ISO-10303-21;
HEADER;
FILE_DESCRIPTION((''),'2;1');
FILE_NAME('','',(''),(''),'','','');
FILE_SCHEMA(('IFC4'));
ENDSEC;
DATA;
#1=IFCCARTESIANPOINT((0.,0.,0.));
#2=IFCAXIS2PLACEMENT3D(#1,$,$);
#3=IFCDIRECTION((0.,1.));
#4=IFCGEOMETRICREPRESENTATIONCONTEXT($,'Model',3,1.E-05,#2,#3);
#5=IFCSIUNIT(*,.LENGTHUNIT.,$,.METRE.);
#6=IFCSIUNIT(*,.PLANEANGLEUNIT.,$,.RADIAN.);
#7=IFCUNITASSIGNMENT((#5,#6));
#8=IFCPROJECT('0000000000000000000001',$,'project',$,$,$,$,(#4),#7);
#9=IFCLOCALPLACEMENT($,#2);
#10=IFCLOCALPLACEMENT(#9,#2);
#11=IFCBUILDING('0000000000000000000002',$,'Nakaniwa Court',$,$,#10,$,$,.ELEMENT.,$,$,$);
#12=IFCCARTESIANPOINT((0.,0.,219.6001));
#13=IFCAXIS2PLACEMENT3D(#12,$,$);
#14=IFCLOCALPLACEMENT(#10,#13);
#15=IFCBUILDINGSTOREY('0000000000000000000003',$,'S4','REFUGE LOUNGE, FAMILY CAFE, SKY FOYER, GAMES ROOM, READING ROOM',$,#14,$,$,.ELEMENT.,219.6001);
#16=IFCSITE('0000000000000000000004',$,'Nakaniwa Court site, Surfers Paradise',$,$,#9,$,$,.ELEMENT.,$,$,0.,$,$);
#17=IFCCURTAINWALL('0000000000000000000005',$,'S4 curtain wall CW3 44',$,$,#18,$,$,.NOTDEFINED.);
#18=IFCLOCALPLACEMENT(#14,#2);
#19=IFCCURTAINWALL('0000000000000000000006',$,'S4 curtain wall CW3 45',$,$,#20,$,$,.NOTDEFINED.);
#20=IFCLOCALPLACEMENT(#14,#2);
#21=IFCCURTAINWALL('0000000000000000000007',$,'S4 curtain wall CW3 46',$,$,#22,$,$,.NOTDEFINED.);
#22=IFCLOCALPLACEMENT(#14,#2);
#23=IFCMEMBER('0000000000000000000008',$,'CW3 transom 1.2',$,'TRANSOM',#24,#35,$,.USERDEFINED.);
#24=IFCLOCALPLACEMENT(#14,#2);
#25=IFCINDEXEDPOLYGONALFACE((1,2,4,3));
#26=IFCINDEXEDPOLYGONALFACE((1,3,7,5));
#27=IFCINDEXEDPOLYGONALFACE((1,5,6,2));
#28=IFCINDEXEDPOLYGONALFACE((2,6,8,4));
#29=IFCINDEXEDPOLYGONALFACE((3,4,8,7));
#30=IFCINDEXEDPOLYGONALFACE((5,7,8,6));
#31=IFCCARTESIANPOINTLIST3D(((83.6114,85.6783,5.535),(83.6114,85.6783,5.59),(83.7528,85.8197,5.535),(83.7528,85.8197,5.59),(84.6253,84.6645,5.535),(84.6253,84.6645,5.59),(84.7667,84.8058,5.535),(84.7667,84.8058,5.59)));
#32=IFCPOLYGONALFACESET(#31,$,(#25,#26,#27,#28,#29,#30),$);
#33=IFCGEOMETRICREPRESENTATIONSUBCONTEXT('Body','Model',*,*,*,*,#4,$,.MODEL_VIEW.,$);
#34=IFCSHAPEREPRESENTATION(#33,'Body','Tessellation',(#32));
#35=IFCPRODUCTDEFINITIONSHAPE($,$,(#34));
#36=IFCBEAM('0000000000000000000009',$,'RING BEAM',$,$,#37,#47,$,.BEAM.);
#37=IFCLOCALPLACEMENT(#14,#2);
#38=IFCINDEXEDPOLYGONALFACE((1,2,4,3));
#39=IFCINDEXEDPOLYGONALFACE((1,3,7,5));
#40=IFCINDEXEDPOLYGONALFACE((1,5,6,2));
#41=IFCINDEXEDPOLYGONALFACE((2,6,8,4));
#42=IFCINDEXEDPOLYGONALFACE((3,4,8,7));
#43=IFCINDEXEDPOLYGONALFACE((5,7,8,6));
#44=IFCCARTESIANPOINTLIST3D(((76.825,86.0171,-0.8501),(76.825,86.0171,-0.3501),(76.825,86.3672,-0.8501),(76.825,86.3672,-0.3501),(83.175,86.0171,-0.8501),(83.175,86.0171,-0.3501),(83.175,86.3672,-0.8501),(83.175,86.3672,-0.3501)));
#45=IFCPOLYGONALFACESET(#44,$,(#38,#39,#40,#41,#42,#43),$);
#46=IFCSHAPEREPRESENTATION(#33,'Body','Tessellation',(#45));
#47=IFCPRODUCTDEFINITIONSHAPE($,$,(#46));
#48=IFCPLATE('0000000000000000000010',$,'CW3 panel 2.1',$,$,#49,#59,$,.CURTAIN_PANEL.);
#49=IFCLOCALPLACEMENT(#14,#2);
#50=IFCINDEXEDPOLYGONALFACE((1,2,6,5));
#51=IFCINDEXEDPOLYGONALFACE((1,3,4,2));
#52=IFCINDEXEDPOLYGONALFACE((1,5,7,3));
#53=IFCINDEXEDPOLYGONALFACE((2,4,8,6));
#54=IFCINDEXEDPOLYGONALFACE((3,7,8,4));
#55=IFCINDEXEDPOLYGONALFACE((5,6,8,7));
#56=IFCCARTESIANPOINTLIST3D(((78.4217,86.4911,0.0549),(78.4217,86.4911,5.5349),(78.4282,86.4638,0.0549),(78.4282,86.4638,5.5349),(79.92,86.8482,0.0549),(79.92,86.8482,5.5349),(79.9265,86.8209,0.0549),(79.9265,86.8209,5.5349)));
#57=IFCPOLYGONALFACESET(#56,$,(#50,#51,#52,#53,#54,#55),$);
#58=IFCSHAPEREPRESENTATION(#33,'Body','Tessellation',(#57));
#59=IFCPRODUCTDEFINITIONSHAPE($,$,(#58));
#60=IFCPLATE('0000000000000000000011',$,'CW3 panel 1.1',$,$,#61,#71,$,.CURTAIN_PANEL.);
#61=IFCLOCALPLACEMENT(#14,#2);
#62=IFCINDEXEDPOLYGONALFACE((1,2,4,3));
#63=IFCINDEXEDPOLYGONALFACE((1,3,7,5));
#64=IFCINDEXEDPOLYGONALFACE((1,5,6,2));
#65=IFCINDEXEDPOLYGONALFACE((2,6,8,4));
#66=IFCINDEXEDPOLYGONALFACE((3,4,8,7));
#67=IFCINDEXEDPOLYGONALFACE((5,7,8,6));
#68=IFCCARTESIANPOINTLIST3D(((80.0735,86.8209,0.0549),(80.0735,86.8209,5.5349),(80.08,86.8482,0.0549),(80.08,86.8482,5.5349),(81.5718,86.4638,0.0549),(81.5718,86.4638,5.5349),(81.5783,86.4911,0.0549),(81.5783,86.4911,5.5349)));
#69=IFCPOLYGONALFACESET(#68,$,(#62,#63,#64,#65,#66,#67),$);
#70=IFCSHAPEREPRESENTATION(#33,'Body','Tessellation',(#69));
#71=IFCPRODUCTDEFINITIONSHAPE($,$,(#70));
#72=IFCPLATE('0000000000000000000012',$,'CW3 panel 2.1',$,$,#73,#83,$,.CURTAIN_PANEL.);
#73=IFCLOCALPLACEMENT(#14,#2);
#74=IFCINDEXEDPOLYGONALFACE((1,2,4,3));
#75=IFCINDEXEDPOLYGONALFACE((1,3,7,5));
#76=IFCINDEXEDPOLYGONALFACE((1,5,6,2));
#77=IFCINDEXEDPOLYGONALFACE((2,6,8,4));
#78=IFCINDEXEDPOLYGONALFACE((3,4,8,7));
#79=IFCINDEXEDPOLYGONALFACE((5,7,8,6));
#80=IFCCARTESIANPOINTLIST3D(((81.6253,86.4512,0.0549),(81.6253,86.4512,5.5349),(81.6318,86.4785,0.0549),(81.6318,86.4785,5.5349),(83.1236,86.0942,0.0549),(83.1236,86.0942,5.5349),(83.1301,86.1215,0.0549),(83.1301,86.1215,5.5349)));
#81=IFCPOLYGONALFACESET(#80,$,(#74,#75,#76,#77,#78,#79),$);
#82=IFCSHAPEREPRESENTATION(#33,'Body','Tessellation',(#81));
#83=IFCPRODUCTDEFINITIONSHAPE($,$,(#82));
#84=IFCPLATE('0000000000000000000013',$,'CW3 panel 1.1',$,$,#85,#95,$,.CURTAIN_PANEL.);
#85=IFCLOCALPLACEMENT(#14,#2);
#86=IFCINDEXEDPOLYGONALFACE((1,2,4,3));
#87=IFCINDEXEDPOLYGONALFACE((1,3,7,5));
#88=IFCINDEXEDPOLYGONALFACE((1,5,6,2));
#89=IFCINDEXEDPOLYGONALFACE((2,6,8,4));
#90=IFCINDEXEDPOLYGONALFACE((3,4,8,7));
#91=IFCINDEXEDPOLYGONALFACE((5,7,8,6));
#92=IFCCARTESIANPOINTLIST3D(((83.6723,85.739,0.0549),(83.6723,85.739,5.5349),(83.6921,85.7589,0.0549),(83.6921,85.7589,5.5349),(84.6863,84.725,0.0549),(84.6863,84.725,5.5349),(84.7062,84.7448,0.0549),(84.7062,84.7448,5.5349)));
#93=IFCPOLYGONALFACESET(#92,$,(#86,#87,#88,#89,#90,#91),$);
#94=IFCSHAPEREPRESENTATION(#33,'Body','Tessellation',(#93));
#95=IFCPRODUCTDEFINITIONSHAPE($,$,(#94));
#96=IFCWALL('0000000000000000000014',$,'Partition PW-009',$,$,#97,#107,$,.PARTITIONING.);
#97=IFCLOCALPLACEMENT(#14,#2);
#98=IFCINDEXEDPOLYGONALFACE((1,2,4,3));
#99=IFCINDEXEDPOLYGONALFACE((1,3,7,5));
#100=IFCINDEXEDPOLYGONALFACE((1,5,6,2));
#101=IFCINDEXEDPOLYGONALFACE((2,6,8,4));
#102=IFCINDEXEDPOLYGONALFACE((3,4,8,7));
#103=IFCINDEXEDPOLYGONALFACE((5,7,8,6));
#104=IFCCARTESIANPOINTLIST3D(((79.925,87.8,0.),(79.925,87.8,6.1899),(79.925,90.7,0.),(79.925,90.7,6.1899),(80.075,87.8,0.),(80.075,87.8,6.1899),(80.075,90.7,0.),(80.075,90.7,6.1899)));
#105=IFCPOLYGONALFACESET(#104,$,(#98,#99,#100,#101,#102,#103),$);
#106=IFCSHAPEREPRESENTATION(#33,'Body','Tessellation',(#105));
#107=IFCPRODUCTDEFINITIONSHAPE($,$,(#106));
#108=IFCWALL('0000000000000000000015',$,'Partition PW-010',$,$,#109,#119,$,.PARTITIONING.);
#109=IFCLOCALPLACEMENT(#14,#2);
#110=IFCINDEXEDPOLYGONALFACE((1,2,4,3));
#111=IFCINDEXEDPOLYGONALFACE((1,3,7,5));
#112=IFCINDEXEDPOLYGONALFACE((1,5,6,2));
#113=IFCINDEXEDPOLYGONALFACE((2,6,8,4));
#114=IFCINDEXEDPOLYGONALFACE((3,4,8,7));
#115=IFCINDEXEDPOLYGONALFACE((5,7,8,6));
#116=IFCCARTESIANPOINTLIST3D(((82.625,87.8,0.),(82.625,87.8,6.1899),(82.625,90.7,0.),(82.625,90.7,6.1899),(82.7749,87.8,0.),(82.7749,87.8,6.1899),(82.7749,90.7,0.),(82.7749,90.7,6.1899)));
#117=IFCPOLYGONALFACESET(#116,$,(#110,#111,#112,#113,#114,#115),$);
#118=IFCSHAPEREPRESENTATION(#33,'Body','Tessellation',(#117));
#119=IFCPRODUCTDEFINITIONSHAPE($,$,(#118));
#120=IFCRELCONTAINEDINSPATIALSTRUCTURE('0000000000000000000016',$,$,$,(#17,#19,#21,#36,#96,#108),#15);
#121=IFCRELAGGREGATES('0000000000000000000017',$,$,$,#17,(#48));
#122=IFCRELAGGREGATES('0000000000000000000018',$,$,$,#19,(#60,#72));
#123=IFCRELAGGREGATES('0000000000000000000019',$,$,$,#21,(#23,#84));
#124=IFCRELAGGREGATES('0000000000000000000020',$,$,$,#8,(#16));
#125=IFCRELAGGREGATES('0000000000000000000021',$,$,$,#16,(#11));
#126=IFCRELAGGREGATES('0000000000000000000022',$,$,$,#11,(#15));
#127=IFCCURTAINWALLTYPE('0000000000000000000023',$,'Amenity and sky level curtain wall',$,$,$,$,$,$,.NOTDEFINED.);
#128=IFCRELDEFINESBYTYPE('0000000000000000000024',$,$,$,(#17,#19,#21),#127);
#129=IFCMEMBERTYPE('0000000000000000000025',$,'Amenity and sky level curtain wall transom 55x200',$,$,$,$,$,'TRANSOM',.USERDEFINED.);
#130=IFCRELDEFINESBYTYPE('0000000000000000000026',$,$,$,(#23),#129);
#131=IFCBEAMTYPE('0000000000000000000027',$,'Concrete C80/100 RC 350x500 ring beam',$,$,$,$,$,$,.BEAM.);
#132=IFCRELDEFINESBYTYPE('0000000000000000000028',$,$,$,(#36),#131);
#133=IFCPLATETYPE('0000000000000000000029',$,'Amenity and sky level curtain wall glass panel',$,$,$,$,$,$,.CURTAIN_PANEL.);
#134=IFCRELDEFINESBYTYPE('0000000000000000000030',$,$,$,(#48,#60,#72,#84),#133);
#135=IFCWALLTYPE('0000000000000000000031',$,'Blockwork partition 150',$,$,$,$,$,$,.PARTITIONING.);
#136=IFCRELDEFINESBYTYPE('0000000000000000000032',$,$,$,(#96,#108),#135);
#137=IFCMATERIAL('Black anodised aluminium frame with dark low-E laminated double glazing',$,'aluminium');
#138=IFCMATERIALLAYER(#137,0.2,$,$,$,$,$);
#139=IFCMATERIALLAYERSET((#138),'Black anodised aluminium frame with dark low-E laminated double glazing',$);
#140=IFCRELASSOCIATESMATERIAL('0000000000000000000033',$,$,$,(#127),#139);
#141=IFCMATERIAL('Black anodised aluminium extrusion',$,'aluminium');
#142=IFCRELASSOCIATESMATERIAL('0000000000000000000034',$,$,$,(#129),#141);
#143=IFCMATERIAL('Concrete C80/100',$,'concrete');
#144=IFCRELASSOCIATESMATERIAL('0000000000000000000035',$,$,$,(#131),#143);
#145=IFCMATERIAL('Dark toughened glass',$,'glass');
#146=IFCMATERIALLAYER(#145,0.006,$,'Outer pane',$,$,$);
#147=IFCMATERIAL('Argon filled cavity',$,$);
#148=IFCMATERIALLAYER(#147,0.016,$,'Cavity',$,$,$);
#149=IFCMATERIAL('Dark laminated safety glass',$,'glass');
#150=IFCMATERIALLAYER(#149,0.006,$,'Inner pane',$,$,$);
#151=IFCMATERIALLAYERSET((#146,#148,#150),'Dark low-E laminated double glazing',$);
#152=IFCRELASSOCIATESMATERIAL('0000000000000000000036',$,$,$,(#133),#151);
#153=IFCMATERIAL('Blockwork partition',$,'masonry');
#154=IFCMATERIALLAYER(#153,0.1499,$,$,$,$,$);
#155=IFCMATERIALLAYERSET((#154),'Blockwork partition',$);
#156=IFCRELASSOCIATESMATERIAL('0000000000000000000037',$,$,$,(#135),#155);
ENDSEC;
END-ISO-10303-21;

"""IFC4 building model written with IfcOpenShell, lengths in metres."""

from ifc_helpers import new_model, si_unit, direction, frame, frame_2d, origin, origin_2d, place, context, subcontext, project, spatial, rectangle, extrude, material, layer, layer_set, material_profile, profile_set, type_object, element, aggregate, save


model = new_model("IFC4")

# Units and contexts
model_context = context("Model", 3, precision=1e-05, world=origin(), true_north=direction((0.0, 1.0)))
body_context = subcontext(model_context, "Body", "Model", "MODEL_VIEW")
ifc_project = project(units=[si_unit("LENGTHUNIT", "METRE"), si_unit("PLANEANGLEUNIT", "RADIAN")], contexts=[model_context])

# Site, building, storey
site_placement = place(None, origin())
site = spatial("IfcSite", under=ifc_project, at=site_placement, Name="Nakaniwa Court site, Surfers Paradise", CompositionType="ELEMENT", RefElevation=0.0)
building_placement = place(site_placement, origin())
building = spatial("IfcBuilding", under=site, at=building_placement, Name="Nakaniwa Court", CompositionType="ELEMENT")
storey_placement = place(building_placement, frame((0.0, 0.0, 219.6001)))
storey = spatial("IfcBuildingStorey", under=building, at=storey_placement, Name="S4", Description="REFUGE LOUNGE, FAMILY CAFE, SKY FOYER, GAMES ROOM, READING ROOM", CompositionType="ELEMENT", Elevation=219.6001)

# Shared definitions
ifc_material_1 = material(Name="Concrete C80/100", Category="concrete")

# Curtain walls
ifc_material_2 = material(Name="Black anodised aluminium frame with dark low-E laminated double glazing", Category="aluminium")
ifc_layer_1 = layer(ifc_material_2, 0.2)
ifc_layer_set_1 = layer_set([ifc_layer_1], Name="Black anodised aluminium frame with dark low-E laminated double glazing")
curtain_wall_type = type_object("IfcCurtainWallType", Name="Amenity and sky level curtain wall", PredefinedType="NOTDEFINED", material=ifc_layer_set_1)
curtain_wall_1_placement = place(storey_placement, origin())
curtain_wall_1 = element("IfcCurtainWall", 1, at=curtain_wall_1_placement, inside=storey, type_object=curtain_wall_type, Name="S4 curtain wall CW3 44", PredefinedType="NOTDEFINED")
ifc_material_3 = material(Name="Black anodised aluminium extrusion", Category="aluminium")
curtain_wall_2_placement = place(storey_placement, origin())
curtain_wall_2 = element("IfcCurtainWall", 2, at=curtain_wall_2_placement, inside=storey, type_object=curtain_wall_type, Name="S4 curtain wall CW3 45", PredefinedType="NOTDEFINED")
curtain_wall_3_placement = place(storey_placement, origin())
curtain_wall_3 = element("IfcCurtainWall", 3, at=curtain_wall_3_placement, inside=storey, type_object=curtain_wall_type, Name="S4 curtain wall CW3 46", PredefinedType="NOTDEFINED")

# Member
ifc_material_profile_1 = material_profile(ifc_material_3, rectangle(XDim=0.2, YDim=0.0549, at=origin_2d()), Name="Amenity and sky level curtain wall transom 55x200")
ifc_profile_set_1 = profile_set([ifc_material_profile_1], Name="Black anodised aluminium extrusion")
member_type_1 = type_object("IfcMemberType", Name="Amenity and sky level curtain wall transom 55x200", ElementType="TRANSOM", PredefinedType="USERDEFINED", material=ifc_profile_set_1)
member_1_placement = place(storey_placement, frame((83.6821, 85.749, 5.5625), z_axis=(0.707107, -0.707107, 0.0), x_axis=(0.707107, 0.707107, 0.0)))
member_1 = element("IfcMember", 4, at=member_1_placement, type_object=member_type_1, Name="CW3 transom 1.2", ObjectType="TRANSOM", PredefinedType="USERDEFINED", context=body_context, shape_type="SweptSolid", body=[
    extrude(rectangle(XDim=0.2, YDim=0.0549, at=origin_2d()), origin(), (0.0, 0.0, 1.0), 1.4338),
])

# Beam
ifc_material_profile_2 = material_profile(ifc_material_1, rectangle(XDim=0.3501, YDim=0.5, at=origin_2d()), Name="Concrete C80/100 RC 350x500 ring beam")
ifc_profile_set_2 = profile_set([ifc_material_profile_2], Name="Concrete C80/100")
beam_type = type_object("IfcBeamType", Name="Concrete C80/100 RC 350x500 ring beam", PredefinedType="BEAM", material=ifc_profile_set_2)
beam_placement = place(storey_placement, frame((83.175, 86.1921, -0.6001), z_axis=(-1.0, 0.0, 0.0), x_axis=(0.0, -1.0, 0.0)))
element("IfcBeam", 5, at=beam_placement, inside=storey, type_object=beam_type, Name="RING BEAM", PredefinedType="BEAM", context=body_context, shape_type="SweptSolid", body=[
    extrude(rectangle(XDim=0.3501, YDim=0.5, at=origin_2d()), origin(), (0.0, 0.0, 1.0), 6.3501),
])

# Plates
ifc_material_4 = material(Name="Dark toughened glass", Category="glass")
ifc_layer_2 = layer(ifc_material_4, 0.006, Name="Outer pane")
ifc_material_5 = material(Name="Argon filled cavity")
ifc_layer_3 = layer(ifc_material_5, 0.016, Name="Cavity")
ifc_material_6 = material(Name="Dark laminated safety glass", Category="glass")
ifc_layer_4 = layer(ifc_material_6, 0.006, Name="Inner pane")
ifc_layer_set_2 = layer_set([ifc_layer_2, ifc_layer_3, ifc_layer_4], Name="Dark low-E laminated double glazing")
plate_type = type_object("IfcPlateType", Name="Amenity and sky level curtain wall glass panel", PredefinedType="CURTAIN_PANEL", material=ifc_layer_set_2)
plate_1_placement = place(storey_placement, frame((79.1741, 86.656, 0.0549), z_axis=(0.0, 0.0, 1.0), x_axis=(0.972766, 0.231791, 0.0)))
plate_1 = element("IfcPlate", 6, at=plate_1_placement, type_object=plate_type, Name="CW3 panel 2.1", PredefinedType="CURTAIN_PANEL", context=body_context, shape_type="SweptSolid", body=[
    extrude(rectangle(XDim=1.5403, YDim=0.0281, at=origin_2d()), origin(), (0.0, 0.0, 1.0), 5.48),
])
aggregate(curtain_wall_1, [plate_1])
plate_2_placement = place(storey_placement, frame((80.8259, 86.656, 0.0549), z_axis=(0.0, 0.0, 1.0), x_axis=(0.972766, -0.231791, 0.0)))
plate_2 = element("IfcPlate", 7, at=plate_2_placement, type_object=plate_type, Name="CW3 panel 1.1", PredefinedType="CURTAIN_PANEL", context=body_context, shape_type="SweptSolid", body=[
    extrude(rectangle(XDim=1.5403, YDim=0.0281, at=origin_2d()), origin(), (0.0, 0.0, 1.0), 5.48),
])
plate_3_placement = place(storey_placement, frame((82.3777, 86.2864, 0.0549), z_axis=(0.0, 0.0, 1.0), x_axis=(0.972766, -0.231791, 0.0)))
plate_3 = element("IfcPlate", 8, at=plate_3_placement, type_object=plate_type, Name="CW3 panel 2.1", PredefinedType="CURTAIN_PANEL", context=body_context, shape_type="SweptSolid", body=[
    extrude(rectangle(XDim=1.5403, YDim=0.0281, at=origin_2d()), origin(), (0.0, 0.0, 1.0), 5.48),
])
aggregate(curtain_wall_2, [plate_2, plate_3])
plate_4_placement = place(storey_placement, frame((84.1892, 85.2419, 0.0549), z_axis=(0.0, 0.0, 1.0), x_axis=(0.707107, -0.707107, 0.0)))
plate_4 = element("IfcPlate", 9, at=plate_4_placement, type_object=plate_type, Name="CW3 panel 1.1", PredefinedType="CURTAIN_PANEL", context=body_context, shape_type="SweptSolid", body=[
    extrude(rectangle(XDim=1.4341, YDim=0.0281, at=origin_2d()), origin(), (0.0, 0.0, 1.0), 5.48),
])
aggregate(curtain_wall_3, [member_1, plate_4])

# Walls
ifc_material_7 = material(Name="Blockwork partition", Category="masonry")
ifc_layer_5 = layer(ifc_material_7, 0.1499)
ifc_layer_set_3 = layer_set([ifc_layer_5], Name="Blockwork partition")
wall_type = type_object("IfcWallType", Name="Blockwork partition 150", PredefinedType="PARTITIONING", material=ifc_layer_set_3)
for number, where, z_axis, x_axis, name in (
    (10, (80.0, 87.8, 0.0), (0.0, 0.0, 1.0), (0.0, 1.0, 0.0), "Partition PW-009"),
    (11, (82.7, 87.8, 0.0), (0.0, 0.0, 1.0), (0.0, 1.0, 0.0), "Partition PW-010"),
):
    element("IfcWall", number, at=place(storey_placement, frame(where, z_axis=z_axis, x_axis=x_axis)), inside=storey, type_object=wall_type, Name=name, PredefinedType="PARTITIONING", context=body_context, shape_type="SweptSolid", body=[
        extrude(rectangle(XDim=2.8999, YDim=0.1499, at=frame_2d((1.45, 0.0))), origin(), (0.0, 0.0, 1.0), 6.1899),
    ])

save(model, "model.ifc")
